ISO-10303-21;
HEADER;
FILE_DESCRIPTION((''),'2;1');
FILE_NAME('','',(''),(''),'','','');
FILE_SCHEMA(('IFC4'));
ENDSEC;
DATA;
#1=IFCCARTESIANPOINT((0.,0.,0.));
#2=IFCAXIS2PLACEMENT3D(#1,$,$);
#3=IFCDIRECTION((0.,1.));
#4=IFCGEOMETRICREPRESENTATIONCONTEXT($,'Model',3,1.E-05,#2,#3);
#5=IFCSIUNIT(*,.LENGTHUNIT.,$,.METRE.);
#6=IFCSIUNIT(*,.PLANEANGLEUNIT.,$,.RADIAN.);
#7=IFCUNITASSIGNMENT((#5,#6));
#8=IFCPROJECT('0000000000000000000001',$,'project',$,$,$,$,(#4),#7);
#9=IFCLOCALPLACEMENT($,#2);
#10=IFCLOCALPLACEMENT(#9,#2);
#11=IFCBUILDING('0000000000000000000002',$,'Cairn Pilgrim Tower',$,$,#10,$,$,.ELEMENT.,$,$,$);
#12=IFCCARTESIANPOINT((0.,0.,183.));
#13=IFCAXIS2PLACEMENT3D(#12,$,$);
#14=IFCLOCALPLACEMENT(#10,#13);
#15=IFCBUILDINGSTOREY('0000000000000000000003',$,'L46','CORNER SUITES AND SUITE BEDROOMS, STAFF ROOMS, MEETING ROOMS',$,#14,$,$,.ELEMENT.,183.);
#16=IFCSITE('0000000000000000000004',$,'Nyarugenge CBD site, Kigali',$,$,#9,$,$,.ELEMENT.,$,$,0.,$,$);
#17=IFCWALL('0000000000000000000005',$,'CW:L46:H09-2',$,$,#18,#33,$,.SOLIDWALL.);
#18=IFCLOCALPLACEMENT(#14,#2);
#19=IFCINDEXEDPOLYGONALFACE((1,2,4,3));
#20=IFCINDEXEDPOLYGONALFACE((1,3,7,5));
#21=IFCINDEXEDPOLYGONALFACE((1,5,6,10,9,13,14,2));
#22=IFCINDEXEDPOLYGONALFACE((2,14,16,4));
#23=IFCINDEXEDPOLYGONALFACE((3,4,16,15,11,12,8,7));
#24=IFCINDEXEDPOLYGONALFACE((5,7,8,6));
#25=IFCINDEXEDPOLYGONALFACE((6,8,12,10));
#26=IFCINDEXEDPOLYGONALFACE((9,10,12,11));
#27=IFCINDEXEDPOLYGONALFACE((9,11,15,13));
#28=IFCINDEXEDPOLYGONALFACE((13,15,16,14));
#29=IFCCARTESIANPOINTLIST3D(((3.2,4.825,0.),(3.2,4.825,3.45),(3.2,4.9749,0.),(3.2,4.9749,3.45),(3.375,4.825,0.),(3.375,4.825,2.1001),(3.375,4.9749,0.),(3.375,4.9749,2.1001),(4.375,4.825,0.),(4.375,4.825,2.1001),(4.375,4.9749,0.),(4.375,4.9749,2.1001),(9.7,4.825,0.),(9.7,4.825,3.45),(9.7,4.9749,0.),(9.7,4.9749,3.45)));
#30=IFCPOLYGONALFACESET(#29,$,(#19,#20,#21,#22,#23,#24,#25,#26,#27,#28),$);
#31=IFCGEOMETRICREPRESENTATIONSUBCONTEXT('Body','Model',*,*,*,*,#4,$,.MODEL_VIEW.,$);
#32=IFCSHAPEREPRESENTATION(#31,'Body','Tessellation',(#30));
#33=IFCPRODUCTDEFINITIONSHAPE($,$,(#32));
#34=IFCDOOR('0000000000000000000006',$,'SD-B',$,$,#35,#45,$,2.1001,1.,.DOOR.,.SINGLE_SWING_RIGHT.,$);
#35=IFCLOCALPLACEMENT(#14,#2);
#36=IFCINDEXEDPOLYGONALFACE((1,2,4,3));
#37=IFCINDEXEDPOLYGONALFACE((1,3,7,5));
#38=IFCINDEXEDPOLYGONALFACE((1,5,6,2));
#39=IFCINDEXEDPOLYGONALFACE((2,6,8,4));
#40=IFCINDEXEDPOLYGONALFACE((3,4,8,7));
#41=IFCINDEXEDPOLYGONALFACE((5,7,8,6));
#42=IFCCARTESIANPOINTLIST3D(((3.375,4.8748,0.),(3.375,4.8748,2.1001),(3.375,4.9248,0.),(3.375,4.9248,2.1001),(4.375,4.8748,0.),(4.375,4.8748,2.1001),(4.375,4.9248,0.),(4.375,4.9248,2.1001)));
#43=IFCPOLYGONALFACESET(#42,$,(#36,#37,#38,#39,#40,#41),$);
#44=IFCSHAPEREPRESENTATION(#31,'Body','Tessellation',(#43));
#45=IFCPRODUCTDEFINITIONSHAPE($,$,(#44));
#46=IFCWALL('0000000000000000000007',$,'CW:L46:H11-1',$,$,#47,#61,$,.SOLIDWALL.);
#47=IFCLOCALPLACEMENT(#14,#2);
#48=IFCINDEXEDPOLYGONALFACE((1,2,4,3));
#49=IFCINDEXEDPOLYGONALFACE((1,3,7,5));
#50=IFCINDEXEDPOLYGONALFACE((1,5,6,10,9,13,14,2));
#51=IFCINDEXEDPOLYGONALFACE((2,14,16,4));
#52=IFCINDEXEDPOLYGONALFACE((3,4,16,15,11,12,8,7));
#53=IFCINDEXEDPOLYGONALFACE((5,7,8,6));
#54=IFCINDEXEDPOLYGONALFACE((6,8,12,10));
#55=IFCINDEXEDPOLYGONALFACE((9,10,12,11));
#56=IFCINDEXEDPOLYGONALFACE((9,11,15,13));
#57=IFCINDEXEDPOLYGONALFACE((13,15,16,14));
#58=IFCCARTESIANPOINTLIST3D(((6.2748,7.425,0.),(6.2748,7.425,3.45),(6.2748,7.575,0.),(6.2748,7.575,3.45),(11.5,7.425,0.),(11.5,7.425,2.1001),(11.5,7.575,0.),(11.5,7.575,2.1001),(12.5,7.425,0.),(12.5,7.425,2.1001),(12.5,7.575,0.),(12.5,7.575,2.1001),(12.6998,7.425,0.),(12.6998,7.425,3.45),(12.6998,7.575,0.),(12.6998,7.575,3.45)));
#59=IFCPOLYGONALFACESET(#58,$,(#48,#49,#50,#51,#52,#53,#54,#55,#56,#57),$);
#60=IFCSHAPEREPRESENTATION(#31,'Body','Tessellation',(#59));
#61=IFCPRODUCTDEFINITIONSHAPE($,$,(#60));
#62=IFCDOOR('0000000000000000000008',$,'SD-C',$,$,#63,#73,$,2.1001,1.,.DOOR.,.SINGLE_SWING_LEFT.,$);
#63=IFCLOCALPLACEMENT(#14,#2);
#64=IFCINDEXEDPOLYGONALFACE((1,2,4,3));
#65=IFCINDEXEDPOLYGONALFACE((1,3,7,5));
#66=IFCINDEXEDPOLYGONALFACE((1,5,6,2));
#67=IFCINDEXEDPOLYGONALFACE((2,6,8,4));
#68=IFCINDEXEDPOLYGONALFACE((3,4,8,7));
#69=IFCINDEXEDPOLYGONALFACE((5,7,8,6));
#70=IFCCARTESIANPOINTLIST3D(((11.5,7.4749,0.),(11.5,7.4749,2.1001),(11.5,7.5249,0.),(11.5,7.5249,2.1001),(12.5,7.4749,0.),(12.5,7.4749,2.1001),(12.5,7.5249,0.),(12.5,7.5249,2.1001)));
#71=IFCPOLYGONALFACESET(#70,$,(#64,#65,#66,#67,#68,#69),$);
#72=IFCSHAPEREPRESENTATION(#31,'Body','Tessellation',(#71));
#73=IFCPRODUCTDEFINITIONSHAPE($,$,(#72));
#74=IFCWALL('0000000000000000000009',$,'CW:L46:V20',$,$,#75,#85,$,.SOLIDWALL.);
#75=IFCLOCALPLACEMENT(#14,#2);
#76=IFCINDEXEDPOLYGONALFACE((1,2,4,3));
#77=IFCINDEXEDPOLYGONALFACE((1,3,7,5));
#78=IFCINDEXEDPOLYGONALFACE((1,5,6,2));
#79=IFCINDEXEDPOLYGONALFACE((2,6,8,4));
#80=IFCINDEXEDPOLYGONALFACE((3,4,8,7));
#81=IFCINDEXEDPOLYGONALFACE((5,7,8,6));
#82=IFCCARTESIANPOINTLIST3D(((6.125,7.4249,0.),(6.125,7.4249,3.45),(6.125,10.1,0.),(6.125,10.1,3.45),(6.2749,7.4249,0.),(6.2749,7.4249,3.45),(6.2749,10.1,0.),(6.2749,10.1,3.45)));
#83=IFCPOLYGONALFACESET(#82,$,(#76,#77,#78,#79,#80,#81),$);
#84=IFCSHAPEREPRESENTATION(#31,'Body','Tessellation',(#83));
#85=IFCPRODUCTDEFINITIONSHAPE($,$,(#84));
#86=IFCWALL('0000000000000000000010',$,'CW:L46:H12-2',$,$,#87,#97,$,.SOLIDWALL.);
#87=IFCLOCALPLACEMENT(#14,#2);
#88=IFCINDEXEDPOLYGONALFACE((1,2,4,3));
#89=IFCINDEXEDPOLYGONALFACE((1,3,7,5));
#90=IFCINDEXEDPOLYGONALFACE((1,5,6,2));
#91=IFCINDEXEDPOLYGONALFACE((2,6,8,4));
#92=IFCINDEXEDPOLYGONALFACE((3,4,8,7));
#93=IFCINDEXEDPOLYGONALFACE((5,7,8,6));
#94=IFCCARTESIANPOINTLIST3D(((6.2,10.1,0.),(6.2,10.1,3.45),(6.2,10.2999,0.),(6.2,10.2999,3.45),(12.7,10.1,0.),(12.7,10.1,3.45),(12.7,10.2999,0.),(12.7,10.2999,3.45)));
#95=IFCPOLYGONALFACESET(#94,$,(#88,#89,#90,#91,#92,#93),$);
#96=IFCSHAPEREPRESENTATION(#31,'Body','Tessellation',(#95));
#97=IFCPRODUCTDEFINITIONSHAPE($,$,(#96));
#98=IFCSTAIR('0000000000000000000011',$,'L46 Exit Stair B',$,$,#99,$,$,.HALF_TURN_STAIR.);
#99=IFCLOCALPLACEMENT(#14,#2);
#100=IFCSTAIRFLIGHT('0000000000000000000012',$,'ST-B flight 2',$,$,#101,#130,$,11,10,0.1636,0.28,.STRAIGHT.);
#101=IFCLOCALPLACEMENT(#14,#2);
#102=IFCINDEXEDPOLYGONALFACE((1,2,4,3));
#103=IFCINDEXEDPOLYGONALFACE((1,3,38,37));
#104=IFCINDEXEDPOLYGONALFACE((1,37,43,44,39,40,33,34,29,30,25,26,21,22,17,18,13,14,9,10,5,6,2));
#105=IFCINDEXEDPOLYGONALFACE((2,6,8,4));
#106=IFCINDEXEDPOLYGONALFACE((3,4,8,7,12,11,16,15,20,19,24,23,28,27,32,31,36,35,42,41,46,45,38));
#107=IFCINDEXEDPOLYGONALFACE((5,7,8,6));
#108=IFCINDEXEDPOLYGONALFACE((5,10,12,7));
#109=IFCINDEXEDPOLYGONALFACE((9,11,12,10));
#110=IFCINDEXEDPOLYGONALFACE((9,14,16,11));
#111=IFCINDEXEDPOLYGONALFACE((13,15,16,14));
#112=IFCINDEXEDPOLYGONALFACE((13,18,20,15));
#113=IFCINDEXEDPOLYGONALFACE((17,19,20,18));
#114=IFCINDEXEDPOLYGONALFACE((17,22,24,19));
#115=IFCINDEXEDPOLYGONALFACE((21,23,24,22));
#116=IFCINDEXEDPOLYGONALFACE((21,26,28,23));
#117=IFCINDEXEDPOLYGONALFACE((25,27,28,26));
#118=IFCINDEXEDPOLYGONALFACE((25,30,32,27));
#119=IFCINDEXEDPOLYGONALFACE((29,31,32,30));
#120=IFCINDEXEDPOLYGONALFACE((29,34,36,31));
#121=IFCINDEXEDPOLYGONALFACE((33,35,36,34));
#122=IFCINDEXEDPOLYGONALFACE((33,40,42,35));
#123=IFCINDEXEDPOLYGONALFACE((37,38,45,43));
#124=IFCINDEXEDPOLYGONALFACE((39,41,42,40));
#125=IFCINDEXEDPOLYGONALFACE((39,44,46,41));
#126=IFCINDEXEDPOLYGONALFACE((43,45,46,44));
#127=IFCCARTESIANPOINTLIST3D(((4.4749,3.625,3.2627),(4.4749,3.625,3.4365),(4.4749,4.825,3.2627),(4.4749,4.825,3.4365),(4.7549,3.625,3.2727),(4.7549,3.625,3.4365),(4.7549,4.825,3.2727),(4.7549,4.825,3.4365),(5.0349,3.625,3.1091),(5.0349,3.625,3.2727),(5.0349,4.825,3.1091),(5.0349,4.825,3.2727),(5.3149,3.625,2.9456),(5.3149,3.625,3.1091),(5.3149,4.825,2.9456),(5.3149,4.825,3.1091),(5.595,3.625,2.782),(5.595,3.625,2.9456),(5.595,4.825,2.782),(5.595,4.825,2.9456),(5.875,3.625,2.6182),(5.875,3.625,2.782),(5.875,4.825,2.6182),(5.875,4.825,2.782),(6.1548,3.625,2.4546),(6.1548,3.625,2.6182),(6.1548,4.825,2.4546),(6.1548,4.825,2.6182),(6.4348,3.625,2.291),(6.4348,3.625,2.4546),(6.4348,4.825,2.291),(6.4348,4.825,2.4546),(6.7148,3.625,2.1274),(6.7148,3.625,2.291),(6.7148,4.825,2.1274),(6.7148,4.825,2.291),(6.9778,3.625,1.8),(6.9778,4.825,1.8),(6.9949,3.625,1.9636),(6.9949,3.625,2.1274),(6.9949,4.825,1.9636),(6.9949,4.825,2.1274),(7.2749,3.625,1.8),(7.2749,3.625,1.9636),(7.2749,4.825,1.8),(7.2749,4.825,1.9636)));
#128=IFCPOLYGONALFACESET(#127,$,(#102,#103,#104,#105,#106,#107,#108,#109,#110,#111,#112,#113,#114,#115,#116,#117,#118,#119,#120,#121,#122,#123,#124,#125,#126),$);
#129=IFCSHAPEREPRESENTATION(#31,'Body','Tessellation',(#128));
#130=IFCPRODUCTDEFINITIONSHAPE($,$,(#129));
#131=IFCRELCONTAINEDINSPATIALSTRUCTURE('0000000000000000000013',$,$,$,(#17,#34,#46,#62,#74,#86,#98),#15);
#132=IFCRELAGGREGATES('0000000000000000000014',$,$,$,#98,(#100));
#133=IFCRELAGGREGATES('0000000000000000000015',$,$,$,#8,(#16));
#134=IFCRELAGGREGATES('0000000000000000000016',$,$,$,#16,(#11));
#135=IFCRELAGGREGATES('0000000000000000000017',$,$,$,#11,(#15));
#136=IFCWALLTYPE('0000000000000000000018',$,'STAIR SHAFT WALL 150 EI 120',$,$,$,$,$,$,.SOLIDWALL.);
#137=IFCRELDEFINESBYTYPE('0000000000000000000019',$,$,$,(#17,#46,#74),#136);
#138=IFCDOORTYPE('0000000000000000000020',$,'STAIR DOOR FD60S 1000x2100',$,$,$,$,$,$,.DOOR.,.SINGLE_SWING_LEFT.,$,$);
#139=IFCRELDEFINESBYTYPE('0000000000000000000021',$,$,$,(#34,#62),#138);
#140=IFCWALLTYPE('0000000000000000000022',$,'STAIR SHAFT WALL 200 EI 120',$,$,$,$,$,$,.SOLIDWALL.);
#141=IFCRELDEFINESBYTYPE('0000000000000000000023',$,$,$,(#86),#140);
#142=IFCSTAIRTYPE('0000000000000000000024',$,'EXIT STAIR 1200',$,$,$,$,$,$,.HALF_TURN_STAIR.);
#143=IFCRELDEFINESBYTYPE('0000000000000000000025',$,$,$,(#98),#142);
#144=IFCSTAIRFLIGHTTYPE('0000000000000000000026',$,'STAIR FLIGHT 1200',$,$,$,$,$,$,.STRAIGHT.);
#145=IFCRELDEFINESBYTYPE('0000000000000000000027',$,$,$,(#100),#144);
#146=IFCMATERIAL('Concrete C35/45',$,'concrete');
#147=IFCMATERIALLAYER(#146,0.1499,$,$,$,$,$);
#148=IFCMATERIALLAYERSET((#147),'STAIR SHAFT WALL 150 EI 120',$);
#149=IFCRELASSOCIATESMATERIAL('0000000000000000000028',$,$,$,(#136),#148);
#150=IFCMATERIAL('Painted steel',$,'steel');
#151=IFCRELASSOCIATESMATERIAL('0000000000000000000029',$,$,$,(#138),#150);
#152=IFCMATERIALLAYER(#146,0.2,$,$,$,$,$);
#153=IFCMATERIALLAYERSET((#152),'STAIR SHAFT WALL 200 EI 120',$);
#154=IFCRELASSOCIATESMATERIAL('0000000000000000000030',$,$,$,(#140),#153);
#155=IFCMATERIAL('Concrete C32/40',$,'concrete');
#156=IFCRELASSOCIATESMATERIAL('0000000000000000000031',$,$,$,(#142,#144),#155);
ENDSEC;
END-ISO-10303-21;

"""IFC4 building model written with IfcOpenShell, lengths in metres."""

from ifc_helpers import new_model, si_unit, direction, frame, frame_2d, origin, place, context, subcontext, project, spatial, polyline, rectangle, outline, extrude, material, layer, layer_set, type_object, element, fill, aggregate, save


model = new_model("IFC4")

# Units and contexts
model_context = context("Model", 3, precision=1e-05, world=origin(), true_north=direction((0.0, 1.0)))
body_context = subcontext(model_context, "Body", "Model", "MODEL_VIEW")
ifc_project = project(units=[si_unit("LENGTHUNIT", "METRE"), si_unit("PLANEANGLEUNIT", "RADIAN")], contexts=[model_context])

# Site, building, storey
site_placement = place(None, origin())
site = spatial("IfcSite", under=ifc_project, at=site_placement, Name="Nyarugenge CBD site, Kigali", CompositionType="ELEMENT", RefElevation=0.0)
building_placement = place(site_placement, origin())
building = spatial("IfcBuilding", under=site, at=building_placement, Name="Cairn Pilgrim Tower", CompositionType="ELEMENT")
storey_placement = place(building_placement, frame((0.0, 0.0, 183.0)))
storey = spatial("IfcBuildingStorey", under=building, at=storey_placement, Name="L46", Description="CORNER SUITES AND SUITE BEDROOMS, STAFF ROOMS, MEETING ROOMS", CompositionType="ELEMENT", Elevation=183.0)

# Shared definitions
ifc_material_1 = material(Name="Concrete C32/40", Category="concrete")

# Walls, openings, doors
ifc_material_2 = material(Name="Concrete C35/45", Category="concrete")
ifc_layer_1 = layer(ifc_material_2, 0.1499)
ifc_layer_set_1 = layer_set([ifc_layer_1], Name="STAIR SHAFT WALL 150 EI 120")
wall_type_1 = type_object("IfcWallType", Name="STAIR SHAFT WALL 150 EI 120", PredefinedType="SOLIDWALL", material=ifc_layer_set_1)
wall_1_placement = place(storey_placement, frame((3.2, 4.8999, 0.0), z_axis=(0.0, 0.0, 1.0), x_axis=(1.0, 0.0, 0.0)))
wall_1 = element("IfcWall", 1, at=wall_1_placement, inside=storey, type_object=wall_type_1, Name="CW:L46:H09-2", PredefinedType="SOLIDWALL", context=body_context, shape_type="SweptSolid", body=[
    extrude(rectangle(XDim=6.5, YDim=0.1499, at=frame_2d((3.25, 0.0))), origin(), (0.0, 0.0, 1.0), 3.45),
])
opening_1_placement = place(wall_1_placement, frame((0.175, 0.0, 0.0)))
opening_1 = element("IfcOpeningElement", 2, at=opening_1_placement, cuts=wall_1, PredefinedType="OPENING", context=body_context, shape_type="SweptSolid", body=[
    extrude(rectangle(XDim=1.0, YDim=2.1001, at=frame_2d((0.5, 1.05))), frame((0.0, 0.085, 0.0), z_axis=(0.0, -1.0, 0.0), x_axis=(1.0, 0.0, 0.0)), (0.0, 0.0, 1.0), 0.1699),
])
ifc_material_3 = material(Name="Painted steel", Category="steel")
door_type = type_object("IfcDoorType", Name="STAIR DOOR FD60S 1000x2100", OperationType="SINGLE_SWING_LEFT", PredefinedType="DOOR", material=ifc_material_3)
door_1_placement = place(opening_1_placement, origin())
door_1 = element("IfcDoor", 3, at=door_1_placement, inside=storey, type_object=door_type, Name="SD-B", OperationType="SINGLE_SWING_RIGHT", OverallHeight=2.1001, OverallWidth=1.0, PredefinedType="DOOR", context=body_context, shape_type="SweptSolid", body=[
    extrude(rectangle(XDim=1.0, YDim=2.1001, at=frame_2d((0.5, 1.05))), frame((0.0, 0.0249, 0.0), z_axis=(0.0, -1.0, 0.0), x_axis=(1.0, 0.0, 0.0)), (0.0, 0.0, 1.0), 0.05),
])
fill(opening_1, door_1)
wall_2_placement = place(storey_placement, frame((6.2749, 7.5, 0.0), z_axis=(0.0, 0.0, 1.0), x_axis=(1.0, 0.0, 0.0)))
wall_2 = element("IfcWall", 4, at=wall_2_placement, inside=storey, type_object=wall_type_1, Name="CW:L46:H11-1", PredefinedType="SOLIDWALL", context=body_context, shape_type="SweptSolid", body=[
    extrude(rectangle(XDim=6.425, YDim=0.1499, at=frame_2d((3.2124, 0.0))), origin(), (0.0, 0.0, 1.0), 3.45),
])
opening_2_placement = place(wall_2_placement, frame((5.2251, 0.0, 0.0)))
opening_2 = element("IfcOpeningElement", 5, at=opening_2_placement, cuts=wall_2, PredefinedType="OPENING", context=body_context, shape_type="SweptSolid", body=[
    extrude(rectangle(XDim=1.0, YDim=2.1001, at=frame_2d((0.5, 1.05))), frame((0.0, 0.085, 0.0), z_axis=(0.0, -1.0, 0.0), x_axis=(1.0, 0.0, 0.0)), (0.0, 0.0, 1.0), 0.1699),
])
door_2_placement = place(opening_2_placement, origin())
door_2 = element("IfcDoor", 6, at=door_2_placement, inside=storey, type_object=door_type, Name="SD-C", OperationType="SINGLE_SWING_LEFT", OverallHeight=2.1001, OverallWidth=1.0, PredefinedType="DOOR", context=body_context, shape_type="SweptSolid", body=[
    extrude(rectangle(XDim=1.0, YDim=2.1001, at=frame_2d((0.5, 1.05))), frame((0.0, 0.0249, 0.0), z_axis=(0.0, -1.0, 0.0), x_axis=(1.0, 0.0, 0.0)), (0.0, 0.0, 1.0), 0.05),
])
fill(opening_2, door_2)

# Walls
wall_3_placement = place(storey_placement, frame((6.2, 7.425, 0.0), z_axis=(0.0, 0.0, 1.0), x_axis=(0.0, 1.0, 0.0)))
element("IfcWall", 7, at=wall_3_placement, inside=storey, type_object=wall_type_1, Name="CW:L46:V20", PredefinedType="SOLIDWALL", context=body_context, shape_type="SweptSolid", body=[
    extrude(rectangle(XDim=2.675, YDim=0.1499, at=frame_2d((1.3374, 0.0))), origin(), (0.0, 0.0, 1.0), 3.45),
])
ifc_layer_2 = layer(ifc_material_2, 0.2)
ifc_layer_set_2 = layer_set([ifc_layer_2], Name="STAIR SHAFT WALL 200 EI 120")
wall_type_2 = type_object("IfcWallType", Name="STAIR SHAFT WALL 200 EI 120", PredefinedType="SOLIDWALL", material=ifc_layer_set_2)
wall_4_placement = place(storey_placement, frame((6.2, 10.2, 0.0), z_axis=(0.0, 0.0, 1.0), x_axis=(1.0, 0.0, 0.0)))
element("IfcWall", 8, at=wall_4_placement, inside=storey, type_object=wall_type_2, Name="CW:L46:H12-2", PredefinedType="SOLIDWALL", context=body_context, shape_type="SweptSolid", body=[
    extrude(rectangle(XDim=6.5, YDim=0.2, at=frame_2d((3.25, 0.0))), origin(), (0.0, 0.0, 1.0), 3.45),
])

# Stair, stair flight
stair_type = type_object("IfcStairType", Name="EXIT STAIR 1200", PredefinedType="HALF_TURN_STAIR", material=ifc_material_1)
stair_placement = place(storey_placement, origin())
stair = element("IfcStair", 9, at=stair_placement, inside=storey, type_object=stair_type, Name="L46 Exit Stair B", PredefinedType="HALF_TURN_STAIR")
stair_flight_type = type_object("IfcStairFlightType", Name="STAIR FLIGHT 1200", PredefinedType="STRAIGHT", material=ifc_material_1)
stair_flight_placement = place(storey_placement, frame((7.2749, 4.2251, 1.8), z_axis=(0.0, 0.0, 1.0), x_axis=(-1.0, 0.0, 0.0)))
stair_flight = element("IfcStairFlight", 10, at=stair_flight_placement, type_object=stair_flight_type, Name="ST-B flight 2", NumberOfRisers=11, NumberOfTreads=10, PredefinedType="STRAIGHT", RiserHeight=0.1636, TreadLength=0.28, context=body_context, shape_type="SweptSolid", body=[
    extrude(outline(polyline([(0.0, 0.0), (0.0, 0.1636), (0.28, 0.1636), (0.28, 0.3274), (0.5601, 0.3274), (0.5601, 0.491), (0.8401, 0.491), (0.8401, 0.6545), (1.1201, 0.6545), (1.1201, 0.8181), (1.3999, 0.8181), (1.3999, 0.9819), (1.6799, 0.9819), (1.6799, 1.1455), (1.96, 1.1455), (1.96, 1.3091), (2.24, 1.3091), (2.24, 1.4727), (2.52, 1.4727), (2.52, 1.6365), (2.8, 1.6365), (2.8, 1.8), (2.8, 1.4626), (0.2971, 0.0), (0.0, 0.0)])), frame((0.0, 0.6001, 0.0), z_axis=(0.0, -1.0, 0.0), x_axis=(1.0, 0.0, 0.0)), (0.0, 0.0, 1.0), 1.2),
])
aggregate(stair, [stair_flight])

save(model, "model.ifc")
